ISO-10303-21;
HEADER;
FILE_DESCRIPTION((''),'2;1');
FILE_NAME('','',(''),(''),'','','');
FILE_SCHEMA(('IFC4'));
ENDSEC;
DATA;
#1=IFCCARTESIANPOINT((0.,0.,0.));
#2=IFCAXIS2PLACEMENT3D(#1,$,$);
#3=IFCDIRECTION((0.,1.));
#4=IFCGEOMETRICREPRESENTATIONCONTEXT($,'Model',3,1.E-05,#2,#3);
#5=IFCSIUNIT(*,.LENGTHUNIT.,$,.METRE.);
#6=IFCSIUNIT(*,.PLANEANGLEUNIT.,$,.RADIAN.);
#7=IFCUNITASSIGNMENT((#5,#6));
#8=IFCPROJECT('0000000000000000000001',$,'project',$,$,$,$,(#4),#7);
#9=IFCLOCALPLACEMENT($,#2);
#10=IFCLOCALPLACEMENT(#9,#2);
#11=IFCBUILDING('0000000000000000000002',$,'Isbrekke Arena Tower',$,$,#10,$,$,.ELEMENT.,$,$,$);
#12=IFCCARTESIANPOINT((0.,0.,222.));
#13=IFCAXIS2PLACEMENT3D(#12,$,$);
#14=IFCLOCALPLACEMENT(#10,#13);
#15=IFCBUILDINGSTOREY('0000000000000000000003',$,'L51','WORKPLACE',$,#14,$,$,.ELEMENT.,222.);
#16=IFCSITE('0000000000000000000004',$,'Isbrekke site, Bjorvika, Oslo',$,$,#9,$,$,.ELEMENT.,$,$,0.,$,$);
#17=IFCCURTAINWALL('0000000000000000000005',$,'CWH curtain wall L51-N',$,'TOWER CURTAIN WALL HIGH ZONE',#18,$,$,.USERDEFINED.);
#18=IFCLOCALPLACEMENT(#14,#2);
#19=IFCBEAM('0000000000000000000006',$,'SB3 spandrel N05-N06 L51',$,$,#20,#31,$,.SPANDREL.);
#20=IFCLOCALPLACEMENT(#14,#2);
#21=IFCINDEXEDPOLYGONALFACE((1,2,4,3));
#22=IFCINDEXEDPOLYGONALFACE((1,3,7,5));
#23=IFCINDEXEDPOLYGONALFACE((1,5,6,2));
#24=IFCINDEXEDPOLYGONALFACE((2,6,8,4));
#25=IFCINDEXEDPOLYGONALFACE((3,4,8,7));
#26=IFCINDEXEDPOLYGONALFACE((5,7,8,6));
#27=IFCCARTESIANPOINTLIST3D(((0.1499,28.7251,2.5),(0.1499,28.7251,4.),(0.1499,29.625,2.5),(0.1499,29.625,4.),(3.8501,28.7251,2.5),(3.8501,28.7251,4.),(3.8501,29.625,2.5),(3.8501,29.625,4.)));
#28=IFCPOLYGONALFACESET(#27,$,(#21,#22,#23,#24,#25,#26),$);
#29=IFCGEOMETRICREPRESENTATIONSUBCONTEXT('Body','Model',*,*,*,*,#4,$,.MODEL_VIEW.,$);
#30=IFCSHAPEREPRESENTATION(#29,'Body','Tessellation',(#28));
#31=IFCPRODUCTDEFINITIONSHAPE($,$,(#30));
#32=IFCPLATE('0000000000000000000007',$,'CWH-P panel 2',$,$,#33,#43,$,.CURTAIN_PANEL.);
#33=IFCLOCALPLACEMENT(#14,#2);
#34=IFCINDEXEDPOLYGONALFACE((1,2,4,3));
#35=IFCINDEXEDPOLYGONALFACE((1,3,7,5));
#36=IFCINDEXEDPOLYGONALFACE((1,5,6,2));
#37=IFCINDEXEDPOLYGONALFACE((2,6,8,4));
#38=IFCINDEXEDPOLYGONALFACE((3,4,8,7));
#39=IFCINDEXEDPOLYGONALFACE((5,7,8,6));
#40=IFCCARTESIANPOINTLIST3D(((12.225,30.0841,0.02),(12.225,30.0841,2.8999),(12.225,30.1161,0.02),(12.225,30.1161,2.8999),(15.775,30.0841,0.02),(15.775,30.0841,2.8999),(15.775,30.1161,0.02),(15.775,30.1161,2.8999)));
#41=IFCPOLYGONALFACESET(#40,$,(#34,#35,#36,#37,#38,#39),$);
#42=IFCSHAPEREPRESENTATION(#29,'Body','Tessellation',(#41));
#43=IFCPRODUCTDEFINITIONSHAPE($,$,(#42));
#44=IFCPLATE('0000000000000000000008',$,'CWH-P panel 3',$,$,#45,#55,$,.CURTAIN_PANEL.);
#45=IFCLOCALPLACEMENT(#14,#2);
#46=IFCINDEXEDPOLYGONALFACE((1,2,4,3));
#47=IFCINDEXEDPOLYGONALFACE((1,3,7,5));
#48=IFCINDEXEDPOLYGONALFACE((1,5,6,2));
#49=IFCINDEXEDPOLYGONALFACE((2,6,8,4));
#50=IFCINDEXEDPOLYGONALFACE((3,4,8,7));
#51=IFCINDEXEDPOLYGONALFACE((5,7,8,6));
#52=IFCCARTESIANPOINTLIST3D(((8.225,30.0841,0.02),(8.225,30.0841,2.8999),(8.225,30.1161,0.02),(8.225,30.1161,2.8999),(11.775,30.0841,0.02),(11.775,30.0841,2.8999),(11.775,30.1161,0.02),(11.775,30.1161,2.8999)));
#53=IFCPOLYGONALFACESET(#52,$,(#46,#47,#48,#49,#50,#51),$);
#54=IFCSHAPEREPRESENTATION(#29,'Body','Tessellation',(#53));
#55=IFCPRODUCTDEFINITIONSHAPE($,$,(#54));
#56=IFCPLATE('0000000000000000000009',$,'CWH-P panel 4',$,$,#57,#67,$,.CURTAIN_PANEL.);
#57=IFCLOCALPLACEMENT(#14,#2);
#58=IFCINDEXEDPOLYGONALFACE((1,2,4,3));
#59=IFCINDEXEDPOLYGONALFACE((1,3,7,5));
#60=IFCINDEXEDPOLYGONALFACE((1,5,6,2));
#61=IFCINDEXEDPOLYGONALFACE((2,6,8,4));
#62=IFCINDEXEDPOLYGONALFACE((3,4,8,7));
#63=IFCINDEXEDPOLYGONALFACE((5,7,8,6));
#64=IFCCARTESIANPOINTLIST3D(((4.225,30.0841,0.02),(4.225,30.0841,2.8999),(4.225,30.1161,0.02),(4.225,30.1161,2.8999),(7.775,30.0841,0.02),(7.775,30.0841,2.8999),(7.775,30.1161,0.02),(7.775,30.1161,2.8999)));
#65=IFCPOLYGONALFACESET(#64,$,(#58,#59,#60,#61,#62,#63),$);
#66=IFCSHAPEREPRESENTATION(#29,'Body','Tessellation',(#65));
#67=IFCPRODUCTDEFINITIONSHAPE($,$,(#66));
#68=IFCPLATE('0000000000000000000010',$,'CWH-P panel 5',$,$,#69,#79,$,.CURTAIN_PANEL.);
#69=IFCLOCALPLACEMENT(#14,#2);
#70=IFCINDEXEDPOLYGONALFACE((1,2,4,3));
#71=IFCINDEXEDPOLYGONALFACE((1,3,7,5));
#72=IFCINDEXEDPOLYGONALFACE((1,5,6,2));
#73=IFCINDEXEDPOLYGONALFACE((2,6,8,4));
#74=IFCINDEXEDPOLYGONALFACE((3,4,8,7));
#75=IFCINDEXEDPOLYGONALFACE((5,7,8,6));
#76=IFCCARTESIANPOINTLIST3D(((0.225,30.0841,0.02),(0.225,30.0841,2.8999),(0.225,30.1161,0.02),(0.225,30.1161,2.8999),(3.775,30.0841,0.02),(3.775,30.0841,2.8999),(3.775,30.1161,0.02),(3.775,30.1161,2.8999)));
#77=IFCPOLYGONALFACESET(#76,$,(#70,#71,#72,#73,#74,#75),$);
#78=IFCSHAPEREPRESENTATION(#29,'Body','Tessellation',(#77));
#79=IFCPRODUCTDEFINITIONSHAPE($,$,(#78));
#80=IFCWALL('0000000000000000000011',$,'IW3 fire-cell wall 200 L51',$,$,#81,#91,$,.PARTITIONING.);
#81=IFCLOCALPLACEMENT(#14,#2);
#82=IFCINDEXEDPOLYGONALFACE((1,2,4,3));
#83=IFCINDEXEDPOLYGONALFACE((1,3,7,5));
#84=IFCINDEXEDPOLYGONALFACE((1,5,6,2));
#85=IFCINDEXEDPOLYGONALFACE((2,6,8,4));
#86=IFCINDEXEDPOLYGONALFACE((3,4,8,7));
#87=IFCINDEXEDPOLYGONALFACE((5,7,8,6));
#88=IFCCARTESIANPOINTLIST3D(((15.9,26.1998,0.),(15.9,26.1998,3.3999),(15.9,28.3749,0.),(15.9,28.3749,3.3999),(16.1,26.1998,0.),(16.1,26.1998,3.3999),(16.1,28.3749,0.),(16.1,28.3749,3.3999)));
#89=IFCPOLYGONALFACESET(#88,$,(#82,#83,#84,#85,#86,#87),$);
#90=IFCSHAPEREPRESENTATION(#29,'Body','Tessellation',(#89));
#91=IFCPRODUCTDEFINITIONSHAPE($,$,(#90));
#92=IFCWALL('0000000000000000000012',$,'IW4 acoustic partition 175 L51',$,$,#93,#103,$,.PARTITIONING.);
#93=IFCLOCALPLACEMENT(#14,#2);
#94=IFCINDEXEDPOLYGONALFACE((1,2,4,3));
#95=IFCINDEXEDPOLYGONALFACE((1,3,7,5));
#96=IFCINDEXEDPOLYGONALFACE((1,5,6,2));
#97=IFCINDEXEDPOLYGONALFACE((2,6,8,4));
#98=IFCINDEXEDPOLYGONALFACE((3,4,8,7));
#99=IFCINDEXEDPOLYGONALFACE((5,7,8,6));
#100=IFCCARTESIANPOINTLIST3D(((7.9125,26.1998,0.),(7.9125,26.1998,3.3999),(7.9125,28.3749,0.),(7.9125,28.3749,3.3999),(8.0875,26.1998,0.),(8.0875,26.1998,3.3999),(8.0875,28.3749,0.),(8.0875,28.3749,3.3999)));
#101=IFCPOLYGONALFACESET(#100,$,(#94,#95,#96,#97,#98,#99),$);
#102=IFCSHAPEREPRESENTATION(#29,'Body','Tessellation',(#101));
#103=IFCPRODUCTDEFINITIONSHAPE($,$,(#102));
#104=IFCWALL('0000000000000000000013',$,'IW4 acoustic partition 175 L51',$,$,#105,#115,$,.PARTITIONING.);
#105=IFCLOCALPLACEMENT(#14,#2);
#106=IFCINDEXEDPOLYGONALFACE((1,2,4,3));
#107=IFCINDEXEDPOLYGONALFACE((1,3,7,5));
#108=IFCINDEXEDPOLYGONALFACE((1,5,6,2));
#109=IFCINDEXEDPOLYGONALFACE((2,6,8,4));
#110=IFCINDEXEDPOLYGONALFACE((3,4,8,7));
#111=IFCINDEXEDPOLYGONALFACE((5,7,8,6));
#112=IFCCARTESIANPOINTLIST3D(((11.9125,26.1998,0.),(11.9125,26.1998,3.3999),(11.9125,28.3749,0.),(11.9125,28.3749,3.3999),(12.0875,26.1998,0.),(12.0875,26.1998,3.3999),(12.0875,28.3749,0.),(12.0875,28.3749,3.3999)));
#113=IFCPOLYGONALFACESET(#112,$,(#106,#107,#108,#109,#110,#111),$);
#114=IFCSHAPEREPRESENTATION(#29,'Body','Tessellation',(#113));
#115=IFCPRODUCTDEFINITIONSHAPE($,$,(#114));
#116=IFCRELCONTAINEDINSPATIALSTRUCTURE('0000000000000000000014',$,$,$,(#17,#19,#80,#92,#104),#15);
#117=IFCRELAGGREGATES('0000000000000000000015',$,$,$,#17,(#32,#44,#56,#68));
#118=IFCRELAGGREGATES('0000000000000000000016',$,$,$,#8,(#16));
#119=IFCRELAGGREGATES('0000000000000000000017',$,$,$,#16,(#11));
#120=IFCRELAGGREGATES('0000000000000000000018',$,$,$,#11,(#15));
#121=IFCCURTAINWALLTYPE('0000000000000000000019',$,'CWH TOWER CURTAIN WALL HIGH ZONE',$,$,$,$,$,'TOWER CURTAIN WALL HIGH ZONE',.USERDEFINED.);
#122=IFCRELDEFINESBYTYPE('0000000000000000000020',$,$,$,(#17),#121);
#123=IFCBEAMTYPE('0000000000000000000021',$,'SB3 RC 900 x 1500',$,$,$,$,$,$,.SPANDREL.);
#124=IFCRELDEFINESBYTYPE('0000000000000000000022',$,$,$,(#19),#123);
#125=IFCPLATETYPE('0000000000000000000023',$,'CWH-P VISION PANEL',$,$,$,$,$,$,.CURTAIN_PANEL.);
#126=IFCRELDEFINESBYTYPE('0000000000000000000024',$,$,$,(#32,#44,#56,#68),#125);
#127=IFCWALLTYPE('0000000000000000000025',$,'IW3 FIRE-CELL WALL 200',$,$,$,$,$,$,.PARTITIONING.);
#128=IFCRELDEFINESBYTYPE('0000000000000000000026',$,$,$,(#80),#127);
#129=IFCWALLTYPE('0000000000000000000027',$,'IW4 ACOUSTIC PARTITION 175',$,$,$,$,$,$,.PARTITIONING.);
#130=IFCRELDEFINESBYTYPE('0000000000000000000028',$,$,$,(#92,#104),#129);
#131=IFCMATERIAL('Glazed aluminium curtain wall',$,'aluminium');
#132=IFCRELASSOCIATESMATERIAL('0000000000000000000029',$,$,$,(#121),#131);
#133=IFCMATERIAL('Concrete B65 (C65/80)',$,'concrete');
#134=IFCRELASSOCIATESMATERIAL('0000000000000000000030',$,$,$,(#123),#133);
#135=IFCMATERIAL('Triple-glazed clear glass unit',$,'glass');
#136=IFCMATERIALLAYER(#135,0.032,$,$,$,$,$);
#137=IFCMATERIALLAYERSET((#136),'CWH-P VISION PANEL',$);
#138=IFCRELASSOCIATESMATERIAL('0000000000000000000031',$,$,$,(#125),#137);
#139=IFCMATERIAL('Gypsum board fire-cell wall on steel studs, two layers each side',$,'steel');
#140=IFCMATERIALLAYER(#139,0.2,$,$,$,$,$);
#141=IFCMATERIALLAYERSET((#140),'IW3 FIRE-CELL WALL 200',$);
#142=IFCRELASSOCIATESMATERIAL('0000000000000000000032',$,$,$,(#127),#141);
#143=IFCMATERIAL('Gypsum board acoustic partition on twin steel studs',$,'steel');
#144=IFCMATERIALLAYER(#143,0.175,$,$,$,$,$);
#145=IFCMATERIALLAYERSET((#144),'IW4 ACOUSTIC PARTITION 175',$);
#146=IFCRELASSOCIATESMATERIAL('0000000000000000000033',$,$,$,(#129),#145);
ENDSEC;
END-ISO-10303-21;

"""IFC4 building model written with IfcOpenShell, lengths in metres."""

from ifc_helpers import new_model, si_unit, direction, frame, frame_2d, origin, origin_2d, place, context, subcontext, project, spatial, rectangle, extrude, material, layer, layer_set, material_profile, profile_set, type_object, element, aggregate, save


model = new_model("IFC4")

# Units and contexts
model_context = context("Model", 3, precision=1e-05, world=origin(), true_north=direction((0.0, 1.0)))
body_context = subcontext(model_context, "Body", "Model", "MODEL_VIEW")
ifc_project = project(units=[si_unit("LENGTHUNIT", "METRE"), si_unit("PLANEANGLEUNIT", "RADIAN")], contexts=[model_context])

# Site, building, storey
site_placement = place(None, origin())
site = spatial("IfcSite", under=ifc_project, at=site_placement, Name="Isbrekke site, Bjorvika, Oslo", CompositionType="ELEMENT", RefElevation=0.0)
building_placement = place(site_placement, origin())
building = spatial("IfcBuilding", under=site, at=building_placement, Name="Isbrekke Arena Tower", CompositionType="ELEMENT")
storey_placement = place(building_placement, frame((0.0, 0.0, 222.0)))
storey = spatial("IfcBuildingStorey", under=building, at=storey_placement, Name="L51", Description="WORKPLACE", CompositionType="ELEMENT", Elevation=222.0)

# Curtain wall
ifc_material_1 = material(Name="Glazed aluminium curtain wall", Category="aluminium")
curtain_wall_type = type_object("IfcCurtainWallType", Name="CWH TOWER CURTAIN WALL HIGH ZONE", ElementType="TOWER CURTAIN WALL HIGH ZONE", PredefinedType="USERDEFINED", material=ifc_material_1)
curtain_wall_placement = place(storey_placement, origin())
curtain_wall = element("IfcCurtainWall", 1, at=curtain_wall_placement, inside=storey, type_object=curtain_wall_type, Name="CWH curtain wall L51-N", ObjectType="TOWER CURTAIN WALL HIGH ZONE", PredefinedType="USERDEFINED")

# Beam
ifc_material_2 = material(Name="Concrete B65 (C65/80)", Category="concrete")
ifc_material_profile_1 = material_profile(ifc_material_2, rectangle(XDim=0.8999, YDim=1.5, at=origin_2d()), Name="RC 900x1500")
ifc_profile_set_1 = profile_set([ifc_material_profile_1], Name="Concrete B65 (C65/80)")
beam_type_1 = type_object("IfcBeamType", Name="SB3 RC 900 x 1500", PredefinedType="SPANDREL", material=ifc_profile_set_1)
for number, where, z_axis, x_axis, name in (
    (2, (3.8501, 29.175, 3.25), (-1.0, 0.0, 0.0), (0.0, -1.0, 0.0), "SB3 spandrel N05-N06 L51"),
):
    element("IfcBeam", number, at=place(storey_placement, frame(where, z_axis=z_axis, x_axis=x_axis)), inside=storey, type_object=beam_type_1, Name=name, PredefinedType="SPANDREL", context=body_context, shape_type="SweptSolid", body=[
        extrude(rectangle(XDim=0.8999, YDim=1.5, at=origin_2d()), origin(), (0.0, 0.0, 1.0), 3.7002),
    ])

# Plates
ifc_material_3 = material(Name="Triple-glazed clear glass unit", Category="glass")
ifc_layer_1 = layer(ifc_material_3, 0.032)
ifc_layer_set_1 = layer_set([ifc_layer_1], Name="CWH-P VISION PANEL")
plate_type = type_object("IfcPlateType", Name="CWH-P VISION PANEL", PredefinedType="CURTAIN_PANEL", material=ifc_layer_set_1)
plate_1_placement = place(storey_placement, frame((14.0, 30.1001, 0.02), z_axis=(0.0, 0.0, 1.0), x_axis=(-1.0, 0.0, 0.0)))
plate_1 = element("IfcPlate", 3, at=plate_1_placement, type_object=plate_type, Name="CWH-P panel 2", PredefinedType="CURTAIN_PANEL", context=body_context, shape_type="SweptSolid", body=[
    extrude(rectangle(XDim=3.55, YDim=0.032, at=origin_2d()), origin(), (0.0, 0.0, 1.0), 2.8799),
])
plate_2_placement = place(storey_placement, frame((10.0, 30.1001, 0.02), z_axis=(0.0, 0.0, 1.0), x_axis=(-1.0, 0.0, 0.0)))
plate_2 = element("IfcPlate", 4, at=plate_2_placement, type_object=plate_type, Name="CWH-P panel 3", PredefinedType="CURTAIN_PANEL", context=body_context, shape_type="SweptSolid", body=[
    extrude(rectangle(XDim=3.55, YDim=0.032, at=origin_2d()), origin(), (0.0, 0.0, 1.0), 2.8799),
])
plate_3_placement = place(storey_placement, frame((6.0, 30.1001, 0.02), z_axis=(0.0, 0.0, 1.0), x_axis=(-1.0, 0.0, 0.0)))
plate_3 = element("IfcPlate", 5, at=plate_3_placement, type_object=plate_type, Name="CWH-P panel 4", PredefinedType="CURTAIN_PANEL", context=body_context, shape_type="SweptSolid", body=[
    extrude(rectangle(XDim=3.55, YDim=0.032, at=origin_2d()), origin(), (0.0, 0.0, 1.0), 2.8799),
])
plate_4_placement = place(storey_placement, frame((2.0, 30.1001, 0.02), z_axis=(0.0, 0.0, 1.0), x_axis=(-1.0, 0.0, 0.0)))
plate_4 = element("IfcPlate", 6, at=plate_4_placement, type_object=plate_type, Name="CWH-P panel 5", PredefinedType="CURTAIN_PANEL", context=body_context, shape_type="SweptSolid", body=[
    extrude(rectangle(XDim=3.55, YDim=0.032, at=origin_2d()), origin(), (0.0, 0.0, 1.0), 2.8799),
])
aggregate(curtain_wall, [plate_1, plate_2, plate_3, plate_4])

# Walls
ifc_material_4 = material(Name="Gypsum board fire-cell wall on steel studs, two layers each side", Category="steel")
ifc_layer_2 = layer(ifc_material_4, 0.2)
ifc_layer_set_2 = layer_set([ifc_layer_2], Name="IW3 FIRE-CELL WALL 200")
wall_type_1 = type_object("IfcWallType", Name="IW3 FIRE-CELL WALL 200", PredefinedType="PARTITIONING", material=ifc_layer_set_2)
wall_placement = place(storey_placement, frame((16.0, 26.2, 0.0), z_axis=(0.0, 0.0, 1.0), x_axis=(0.0, 1.0, 0.0)))
element("IfcWall", 7, at=wall_placement, inside=storey, type_object=wall_type_1, Name="IW3 fire-cell wall 200 L51", PredefinedType="PARTITIONING", context=body_context, shape_type="SweptSolid", body=[
    extrude(rectangle(XDim=2.175, YDim=0.2, at=frame_2d((1.0874, 0.0))), origin(), (0.0, 0.0, 1.0), 3.3999),
])
ifc_material_5 = material(Name="Gypsum board acoustic partition on twin steel studs", Category="steel")
ifc_layer_3 = layer(ifc_material_5, 0.175)
ifc_layer_set_3 = layer_set([ifc_layer_3], Name="IW4 ACOUSTIC PARTITION 175")
wall_type_2 = type_object("IfcWallType", Name="IW4 ACOUSTIC PARTITION 175", PredefinedType="PARTITIONING", material=ifc_layer_set_3)
for number, where, z_axis, x_axis, name in (
    (8, (8.0, 26.2, 0.0), (0.0, 0.0, 1.0), (0.0, 1.0, 0.0), "IW4 acoustic partition 175 L51"),
    (9, (12.0, 26.2, 0.0), (0.0, 0.0, 1.0), (0.0, 1.0, 0.0), "IW4 acoustic partition 175 L51"),
):
    element("IfcWall", number, at=place(storey_placement, frame(where, z_axis=z_axis, x_axis=x_axis)), inside=storey, type_object=wall_type_2, Name=name, PredefinedType="PARTITIONING", context=body_context, shape_type="SweptSolid", body=[
        extrude(rectangle(XDim=2.175, YDim=0.175, at=frame_2d((1.0874, 0.0))), origin(), (0.0, 0.0, 1.0), 3.3999),
    ])

save(model, "model.ifc")
